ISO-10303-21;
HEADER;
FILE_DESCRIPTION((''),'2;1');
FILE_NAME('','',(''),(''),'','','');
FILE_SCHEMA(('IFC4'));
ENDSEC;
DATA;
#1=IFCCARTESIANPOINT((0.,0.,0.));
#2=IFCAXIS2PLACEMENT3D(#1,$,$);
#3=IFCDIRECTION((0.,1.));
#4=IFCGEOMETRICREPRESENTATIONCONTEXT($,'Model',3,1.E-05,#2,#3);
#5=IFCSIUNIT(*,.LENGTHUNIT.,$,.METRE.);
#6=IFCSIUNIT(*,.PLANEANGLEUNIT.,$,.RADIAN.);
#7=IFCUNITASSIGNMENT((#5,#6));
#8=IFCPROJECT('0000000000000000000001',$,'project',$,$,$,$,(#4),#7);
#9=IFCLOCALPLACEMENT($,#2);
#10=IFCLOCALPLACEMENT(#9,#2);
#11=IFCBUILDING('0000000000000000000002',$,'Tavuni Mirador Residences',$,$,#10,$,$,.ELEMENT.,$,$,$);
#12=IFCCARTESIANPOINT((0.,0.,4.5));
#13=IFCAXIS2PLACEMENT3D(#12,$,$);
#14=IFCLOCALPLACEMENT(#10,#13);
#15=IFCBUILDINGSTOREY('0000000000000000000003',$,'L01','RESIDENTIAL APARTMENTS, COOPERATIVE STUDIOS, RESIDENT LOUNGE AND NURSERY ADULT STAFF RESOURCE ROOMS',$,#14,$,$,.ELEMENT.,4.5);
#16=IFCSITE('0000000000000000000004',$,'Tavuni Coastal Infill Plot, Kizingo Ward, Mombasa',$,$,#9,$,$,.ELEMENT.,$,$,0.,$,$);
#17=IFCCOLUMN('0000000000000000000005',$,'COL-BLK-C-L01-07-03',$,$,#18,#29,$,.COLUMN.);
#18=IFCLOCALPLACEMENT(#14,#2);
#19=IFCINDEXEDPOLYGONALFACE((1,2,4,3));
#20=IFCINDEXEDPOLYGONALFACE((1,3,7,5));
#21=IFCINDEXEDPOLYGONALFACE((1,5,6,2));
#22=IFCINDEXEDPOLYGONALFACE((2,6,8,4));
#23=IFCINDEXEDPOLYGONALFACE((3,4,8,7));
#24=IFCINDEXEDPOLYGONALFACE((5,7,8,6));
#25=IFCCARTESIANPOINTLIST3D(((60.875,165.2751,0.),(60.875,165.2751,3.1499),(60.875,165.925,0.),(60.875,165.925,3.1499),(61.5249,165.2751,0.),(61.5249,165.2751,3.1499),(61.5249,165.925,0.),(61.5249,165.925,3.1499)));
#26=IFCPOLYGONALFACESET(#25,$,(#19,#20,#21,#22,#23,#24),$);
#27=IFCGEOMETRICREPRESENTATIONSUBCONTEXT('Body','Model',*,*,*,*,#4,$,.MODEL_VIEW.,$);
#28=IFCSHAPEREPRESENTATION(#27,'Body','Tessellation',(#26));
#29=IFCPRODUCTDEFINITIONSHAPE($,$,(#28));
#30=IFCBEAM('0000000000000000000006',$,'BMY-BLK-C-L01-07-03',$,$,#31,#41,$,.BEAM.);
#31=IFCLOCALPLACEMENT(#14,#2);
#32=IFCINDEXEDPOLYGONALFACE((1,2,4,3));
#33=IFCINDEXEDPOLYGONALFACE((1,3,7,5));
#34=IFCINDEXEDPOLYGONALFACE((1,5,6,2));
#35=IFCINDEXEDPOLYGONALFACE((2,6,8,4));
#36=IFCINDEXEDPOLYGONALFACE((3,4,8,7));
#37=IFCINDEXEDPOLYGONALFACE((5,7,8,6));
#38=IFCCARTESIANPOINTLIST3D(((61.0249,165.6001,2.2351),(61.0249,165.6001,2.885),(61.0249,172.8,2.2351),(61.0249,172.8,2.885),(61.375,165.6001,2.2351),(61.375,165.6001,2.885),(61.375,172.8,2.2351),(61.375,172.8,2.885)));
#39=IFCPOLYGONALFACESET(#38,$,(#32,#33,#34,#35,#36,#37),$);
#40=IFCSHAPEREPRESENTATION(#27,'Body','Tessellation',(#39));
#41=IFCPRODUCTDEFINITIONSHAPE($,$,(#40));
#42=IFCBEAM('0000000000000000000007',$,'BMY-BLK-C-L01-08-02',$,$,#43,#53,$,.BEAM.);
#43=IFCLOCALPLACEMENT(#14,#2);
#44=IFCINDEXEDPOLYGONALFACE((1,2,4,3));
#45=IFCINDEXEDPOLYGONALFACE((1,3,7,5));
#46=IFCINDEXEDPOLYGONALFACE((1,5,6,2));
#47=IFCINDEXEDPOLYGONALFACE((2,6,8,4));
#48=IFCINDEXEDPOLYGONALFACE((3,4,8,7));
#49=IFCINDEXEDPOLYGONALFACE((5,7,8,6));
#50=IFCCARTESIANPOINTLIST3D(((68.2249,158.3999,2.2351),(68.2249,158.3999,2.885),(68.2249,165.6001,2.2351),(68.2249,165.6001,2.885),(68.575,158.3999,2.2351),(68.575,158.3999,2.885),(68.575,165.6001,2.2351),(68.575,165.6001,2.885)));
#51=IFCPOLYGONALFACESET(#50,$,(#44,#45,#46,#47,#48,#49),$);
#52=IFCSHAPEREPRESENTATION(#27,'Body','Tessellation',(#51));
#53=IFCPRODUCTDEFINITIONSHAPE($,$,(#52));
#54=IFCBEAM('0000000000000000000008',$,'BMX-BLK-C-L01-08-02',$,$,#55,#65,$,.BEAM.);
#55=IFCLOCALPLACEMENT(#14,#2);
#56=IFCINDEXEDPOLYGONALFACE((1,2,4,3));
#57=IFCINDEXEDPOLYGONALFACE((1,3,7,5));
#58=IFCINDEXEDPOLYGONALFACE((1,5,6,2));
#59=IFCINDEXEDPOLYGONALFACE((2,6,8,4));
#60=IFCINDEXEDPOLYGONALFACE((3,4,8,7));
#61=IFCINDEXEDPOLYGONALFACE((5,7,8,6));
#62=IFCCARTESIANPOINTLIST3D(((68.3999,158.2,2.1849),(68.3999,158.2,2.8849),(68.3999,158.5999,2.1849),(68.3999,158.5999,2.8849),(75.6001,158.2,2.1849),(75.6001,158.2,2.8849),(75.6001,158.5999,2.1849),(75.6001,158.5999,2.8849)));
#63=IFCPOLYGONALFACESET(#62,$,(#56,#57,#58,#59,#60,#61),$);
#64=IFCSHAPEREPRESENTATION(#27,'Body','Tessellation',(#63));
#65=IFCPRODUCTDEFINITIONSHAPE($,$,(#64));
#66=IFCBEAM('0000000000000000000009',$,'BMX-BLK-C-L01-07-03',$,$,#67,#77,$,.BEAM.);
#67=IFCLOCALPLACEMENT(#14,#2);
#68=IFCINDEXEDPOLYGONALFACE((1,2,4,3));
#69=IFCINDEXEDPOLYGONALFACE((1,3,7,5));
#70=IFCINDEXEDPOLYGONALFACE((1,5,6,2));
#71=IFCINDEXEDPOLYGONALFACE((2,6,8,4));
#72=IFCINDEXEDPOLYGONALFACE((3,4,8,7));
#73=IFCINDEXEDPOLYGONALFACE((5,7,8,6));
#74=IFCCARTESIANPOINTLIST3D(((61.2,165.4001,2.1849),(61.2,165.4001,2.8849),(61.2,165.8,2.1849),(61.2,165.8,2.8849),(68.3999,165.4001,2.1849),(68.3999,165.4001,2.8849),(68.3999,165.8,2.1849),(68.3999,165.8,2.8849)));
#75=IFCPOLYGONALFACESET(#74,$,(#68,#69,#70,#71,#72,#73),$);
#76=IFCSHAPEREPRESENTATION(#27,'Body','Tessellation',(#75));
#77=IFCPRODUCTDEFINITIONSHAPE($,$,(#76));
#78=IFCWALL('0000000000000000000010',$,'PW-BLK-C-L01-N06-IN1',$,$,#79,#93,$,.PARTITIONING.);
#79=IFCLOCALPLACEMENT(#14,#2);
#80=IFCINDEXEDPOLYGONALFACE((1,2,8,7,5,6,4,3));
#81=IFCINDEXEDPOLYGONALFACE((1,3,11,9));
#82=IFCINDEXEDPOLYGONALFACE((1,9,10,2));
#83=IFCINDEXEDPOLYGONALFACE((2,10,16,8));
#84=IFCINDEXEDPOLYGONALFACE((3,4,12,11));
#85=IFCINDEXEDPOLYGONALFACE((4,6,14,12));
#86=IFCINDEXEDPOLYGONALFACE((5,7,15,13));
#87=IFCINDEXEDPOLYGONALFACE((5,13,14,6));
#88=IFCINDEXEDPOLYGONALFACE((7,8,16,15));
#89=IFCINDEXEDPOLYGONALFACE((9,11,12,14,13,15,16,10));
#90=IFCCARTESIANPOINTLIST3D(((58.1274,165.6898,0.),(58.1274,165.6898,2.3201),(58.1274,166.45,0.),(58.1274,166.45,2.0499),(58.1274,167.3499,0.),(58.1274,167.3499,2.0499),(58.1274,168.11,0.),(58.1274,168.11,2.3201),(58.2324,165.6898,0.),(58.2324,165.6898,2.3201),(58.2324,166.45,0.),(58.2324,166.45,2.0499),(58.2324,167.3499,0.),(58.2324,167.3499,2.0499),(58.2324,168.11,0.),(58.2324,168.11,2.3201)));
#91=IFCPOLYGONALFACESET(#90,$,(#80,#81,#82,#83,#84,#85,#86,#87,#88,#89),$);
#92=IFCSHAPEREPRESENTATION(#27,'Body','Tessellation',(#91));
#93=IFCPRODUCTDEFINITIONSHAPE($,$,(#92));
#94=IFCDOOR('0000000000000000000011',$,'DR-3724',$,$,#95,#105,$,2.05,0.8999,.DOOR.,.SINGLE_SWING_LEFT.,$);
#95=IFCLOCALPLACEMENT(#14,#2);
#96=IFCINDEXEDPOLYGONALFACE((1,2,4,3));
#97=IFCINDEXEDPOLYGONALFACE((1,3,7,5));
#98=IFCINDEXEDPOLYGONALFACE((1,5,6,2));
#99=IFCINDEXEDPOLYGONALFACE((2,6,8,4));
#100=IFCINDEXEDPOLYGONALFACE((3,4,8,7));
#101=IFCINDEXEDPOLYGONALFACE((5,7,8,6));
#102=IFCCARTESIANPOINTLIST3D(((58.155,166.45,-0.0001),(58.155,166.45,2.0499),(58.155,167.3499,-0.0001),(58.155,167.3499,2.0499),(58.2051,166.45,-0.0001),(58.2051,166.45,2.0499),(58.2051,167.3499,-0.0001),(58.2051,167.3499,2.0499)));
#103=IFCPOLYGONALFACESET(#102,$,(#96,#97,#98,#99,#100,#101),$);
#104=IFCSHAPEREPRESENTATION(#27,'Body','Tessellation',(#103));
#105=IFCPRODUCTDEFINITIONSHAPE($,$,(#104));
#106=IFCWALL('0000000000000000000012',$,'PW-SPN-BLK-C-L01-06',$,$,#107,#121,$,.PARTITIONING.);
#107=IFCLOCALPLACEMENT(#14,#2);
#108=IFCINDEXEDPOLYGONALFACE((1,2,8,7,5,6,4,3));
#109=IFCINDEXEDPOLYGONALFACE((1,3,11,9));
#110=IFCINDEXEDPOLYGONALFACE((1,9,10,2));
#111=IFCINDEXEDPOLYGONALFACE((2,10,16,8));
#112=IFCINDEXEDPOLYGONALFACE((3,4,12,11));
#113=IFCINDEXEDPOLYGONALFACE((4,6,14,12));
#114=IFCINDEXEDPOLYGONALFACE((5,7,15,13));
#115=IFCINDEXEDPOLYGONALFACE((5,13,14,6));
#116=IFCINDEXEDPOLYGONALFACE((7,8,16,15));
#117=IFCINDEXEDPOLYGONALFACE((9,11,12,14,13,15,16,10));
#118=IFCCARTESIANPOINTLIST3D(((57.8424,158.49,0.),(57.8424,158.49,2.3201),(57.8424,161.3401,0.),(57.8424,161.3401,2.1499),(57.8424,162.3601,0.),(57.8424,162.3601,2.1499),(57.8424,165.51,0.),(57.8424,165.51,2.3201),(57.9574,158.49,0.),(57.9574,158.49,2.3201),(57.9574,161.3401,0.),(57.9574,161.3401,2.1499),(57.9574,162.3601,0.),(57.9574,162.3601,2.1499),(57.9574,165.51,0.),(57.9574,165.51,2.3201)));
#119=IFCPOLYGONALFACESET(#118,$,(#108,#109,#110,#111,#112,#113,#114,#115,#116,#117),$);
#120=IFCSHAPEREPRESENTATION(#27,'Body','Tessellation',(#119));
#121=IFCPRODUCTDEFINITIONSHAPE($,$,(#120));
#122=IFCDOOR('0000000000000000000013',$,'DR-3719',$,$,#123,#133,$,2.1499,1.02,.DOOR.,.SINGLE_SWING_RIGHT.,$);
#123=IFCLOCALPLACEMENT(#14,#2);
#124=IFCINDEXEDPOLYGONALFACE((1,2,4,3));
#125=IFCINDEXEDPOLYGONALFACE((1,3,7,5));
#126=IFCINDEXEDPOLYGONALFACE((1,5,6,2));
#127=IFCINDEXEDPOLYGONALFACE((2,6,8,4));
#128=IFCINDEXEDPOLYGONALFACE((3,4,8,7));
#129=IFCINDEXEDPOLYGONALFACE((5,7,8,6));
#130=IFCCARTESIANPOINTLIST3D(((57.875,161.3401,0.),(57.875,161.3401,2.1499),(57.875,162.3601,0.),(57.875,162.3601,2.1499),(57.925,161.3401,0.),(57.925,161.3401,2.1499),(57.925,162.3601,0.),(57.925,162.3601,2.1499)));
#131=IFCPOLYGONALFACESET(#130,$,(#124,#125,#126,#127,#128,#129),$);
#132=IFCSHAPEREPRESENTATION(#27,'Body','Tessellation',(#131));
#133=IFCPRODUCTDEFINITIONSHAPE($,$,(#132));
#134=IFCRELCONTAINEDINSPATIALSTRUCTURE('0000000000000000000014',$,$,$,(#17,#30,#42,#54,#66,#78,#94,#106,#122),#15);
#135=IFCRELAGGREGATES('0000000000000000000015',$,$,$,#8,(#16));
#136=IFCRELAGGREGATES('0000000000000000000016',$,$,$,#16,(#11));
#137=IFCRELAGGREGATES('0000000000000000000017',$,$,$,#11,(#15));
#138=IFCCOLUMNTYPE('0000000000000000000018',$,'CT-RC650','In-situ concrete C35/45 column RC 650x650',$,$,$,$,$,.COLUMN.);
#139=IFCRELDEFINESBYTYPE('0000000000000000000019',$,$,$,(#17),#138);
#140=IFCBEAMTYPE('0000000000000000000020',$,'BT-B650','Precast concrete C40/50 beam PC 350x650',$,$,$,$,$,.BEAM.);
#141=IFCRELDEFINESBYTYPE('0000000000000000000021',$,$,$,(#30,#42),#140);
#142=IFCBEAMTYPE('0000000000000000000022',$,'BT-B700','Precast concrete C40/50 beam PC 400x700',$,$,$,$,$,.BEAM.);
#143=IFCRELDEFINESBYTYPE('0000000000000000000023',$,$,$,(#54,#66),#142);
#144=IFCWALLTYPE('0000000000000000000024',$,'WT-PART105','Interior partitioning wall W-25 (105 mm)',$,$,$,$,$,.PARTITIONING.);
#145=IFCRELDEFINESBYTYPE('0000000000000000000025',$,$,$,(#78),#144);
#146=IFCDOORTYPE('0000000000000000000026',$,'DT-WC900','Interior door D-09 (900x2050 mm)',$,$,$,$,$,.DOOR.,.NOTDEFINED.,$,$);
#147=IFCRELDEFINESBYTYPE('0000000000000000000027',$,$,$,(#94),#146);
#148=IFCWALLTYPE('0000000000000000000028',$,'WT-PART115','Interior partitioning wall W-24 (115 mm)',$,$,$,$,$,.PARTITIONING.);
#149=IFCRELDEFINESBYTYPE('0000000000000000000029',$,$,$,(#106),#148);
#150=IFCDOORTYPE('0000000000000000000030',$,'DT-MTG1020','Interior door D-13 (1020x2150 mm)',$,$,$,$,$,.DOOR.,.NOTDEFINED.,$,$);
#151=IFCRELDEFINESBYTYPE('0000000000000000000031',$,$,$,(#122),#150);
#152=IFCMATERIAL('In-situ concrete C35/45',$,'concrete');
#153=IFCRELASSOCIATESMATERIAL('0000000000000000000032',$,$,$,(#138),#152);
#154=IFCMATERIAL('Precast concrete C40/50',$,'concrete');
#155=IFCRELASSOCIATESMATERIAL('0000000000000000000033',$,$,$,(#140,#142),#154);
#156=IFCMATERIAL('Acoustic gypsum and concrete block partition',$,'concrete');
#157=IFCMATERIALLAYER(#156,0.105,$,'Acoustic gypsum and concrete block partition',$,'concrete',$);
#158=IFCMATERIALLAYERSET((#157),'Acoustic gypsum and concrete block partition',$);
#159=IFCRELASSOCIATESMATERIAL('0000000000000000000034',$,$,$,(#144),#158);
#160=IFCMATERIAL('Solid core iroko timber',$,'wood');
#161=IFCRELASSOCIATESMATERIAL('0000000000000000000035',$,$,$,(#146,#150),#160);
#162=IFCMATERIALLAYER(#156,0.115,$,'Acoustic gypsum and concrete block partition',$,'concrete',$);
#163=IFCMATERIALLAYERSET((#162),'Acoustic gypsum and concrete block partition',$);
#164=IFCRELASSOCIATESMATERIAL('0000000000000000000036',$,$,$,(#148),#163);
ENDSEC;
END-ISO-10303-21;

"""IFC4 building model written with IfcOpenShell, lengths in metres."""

from ifc_helpers import new_model, si_unit, direction, frame, frame_2d, origin, origin_2d, place, context, subcontext, project, spatial, rectangle, extrude, material, layer, layer_set, material_profile, profile_set, type_object, element, fill, save


model = new_model("IFC4")

# Units and contexts
model_context = context("Model", 3, precision=1e-05, world=origin(), true_north=direction((0.0, 1.0)))
body_context = subcontext(model_context, "Body", "Model", "MODEL_VIEW")
ifc_project = project(units=[si_unit("LENGTHUNIT", "METRE"), si_unit("PLANEANGLEUNIT", "RADIAN")], contexts=[model_context])

# Site, building, storey
site_placement = place(None, origin())
site = spatial("IfcSite", under=ifc_project, at=site_placement, Name="Tavuni Coastal Infill Plot, Kizingo Ward, Mombasa", CompositionType="ELEMENT", RefElevation=0.0)
building_placement = place(site_placement, origin())
building = spatial("IfcBuilding", under=site, at=building_placement, Name="Tavuni Mirador Residences", CompositionType="ELEMENT")
storey_placement = place(building_placement, frame((0.0, 0.0, 4.5)))
storey = spatial("IfcBuildingStorey", under=building, at=storey_placement, Name="L01", Description="RESIDENTIAL APARTMENTS, COOPERATIVE STUDIOS, RESIDENT LOUNGE AND NURSERY ADULT STAFF RESOURCE ROOMS", CompositionType="ELEMENT", Elevation=4.5)

# Column
ifc_material_1 = material(Name="In-situ concrete C35/45", Category="concrete")
ifc_material_profile_1 = material_profile(ifc_material_1, rectangle(XDim=0.6499, YDim=0.6499, at=origin_2d()), Name="RC 650x650", Category="concrete")
ifc_profile_set_1 = profile_set([ifc_material_profile_1], Name="In-situ concrete C35/45")
column_type = type_object("IfcColumnType", Name="CT-RC650", Description="In-situ concrete C35/45 column RC 650x650", PredefinedType="COLUMN", material=ifc_profile_set_1)
column_placement = place(storey_placement, frame((61.2, 165.6001, 0.0), z_axis=(0.0, 0.0, 1.0), x_axis=(1.0, 0.0, 0.0)))
element("IfcColumn", 1, at=column_placement, inside=storey, type_object=column_type, Name="COL-BLK-C-L01-07-03", PredefinedType="COLUMN", context=body_context, shape_type="SweptSolid", body=[
    extrude(rectangle(XDim=0.6499, YDim=0.6499, at=origin_2d()), origin(), (0.0, 0.0, 1.0), 3.1499),
])

# Beams
ifc_material_2 = material(Name="Precast concrete C40/50", Category="concrete")
ifc_material_profile_2 = material_profile(ifc_material_2, rectangle(XDim=0.3501, YDim=0.6499, at=origin_2d()), Name="PC 350x650", Category="concrete")
ifc_profile_set_2 = profile_set([ifc_material_profile_2], Name="Precast concrete C40/50")
beam_type_1 = type_object("IfcBeamType", Name="BT-B650", Description="Precast concrete C40/50 beam PC 350x650", PredefinedType="BEAM", material=ifc_profile_set_2)
beam_1_placement = place(storey_placement, frame((61.2, 165.6001, 2.5601), z_axis=(0.0, 1.0, 0.0), x_axis=(-1.0, 0.0, 0.0)))
element("IfcBeam", 2, at=beam_1_placement, inside=storey, type_object=beam_type_1, Name="BMY-BLK-C-L01-07-03", PredefinedType="BEAM", context=body_context, shape_type="SweptSolid", body=[
    extrude(rectangle(XDim=0.3501, YDim=0.6499, at=origin_2d()), origin(), (0.0, 0.0, 1.0), 7.2),
])
beam_2_placement = place(storey_placement, frame((68.3999, 158.3999, 2.5601), z_axis=(0.0, 1.0, 0.0), x_axis=(-1.0, 0.0, 0.0)))
element("IfcBeam", 3, at=beam_2_placement, inside=storey, type_object=beam_type_1, Name="BMY-BLK-C-L01-08-02", PredefinedType="BEAM", context=body_context, shape_type="SweptSolid", body=[
    extrude(rectangle(XDim=0.3501, YDim=0.6499, at=origin_2d()), origin(), (0.0, 0.0, 1.0), 7.2002),
])
ifc_material_profile_3 = material_profile(ifc_material_2, rectangle(XDim=0.3999, YDim=0.7, at=origin_2d()), Name="PC 400x700", Category="concrete")
ifc_profile_set_3 = profile_set([ifc_material_profile_3], Name="Precast concrete C40/50")
beam_type_2 = type_object("IfcBeamType", Name="BT-B700", Description="Precast concrete C40/50 beam PC 400x700", PredefinedType="BEAM", material=ifc_profile_set_3)
beam_3_placement = place(storey_placement, frame((68.3999, 158.3999, 2.5349), z_axis=(1.0, 0.0, 0.0), x_axis=(0.0, 1.0, 0.0)))
element("IfcBeam", 4, at=beam_3_placement, inside=storey, type_object=beam_type_2, Name="BMX-BLK-C-L01-08-02", PredefinedType="BEAM", context=body_context, shape_type="SweptSolid", body=[
    extrude(rectangle(XDim=0.3999, YDim=0.7, at=origin_2d()), origin(), (0.0, 0.0, 1.0), 7.2002),
])
beam_4_placement = place(storey_placement, frame((61.2, 165.6001, 2.5349), z_axis=(1.0, 0.0, 0.0), x_axis=(0.0, 1.0, 0.0)))
element("IfcBeam", 5, at=beam_4_placement, inside=storey, type_object=beam_type_2, Name="BMX-BLK-C-L01-07-03", PredefinedType="BEAM", context=body_context, shape_type="SweptSolid", body=[
    extrude(rectangle(XDim=0.3999, YDim=0.7, at=origin_2d()), origin(), (0.0, 0.0, 1.0), 7.2),
])

# Walls, openings, doors
ifc_material_3 = material(Name="Solid core iroko timber", Category="wood")
ifc_material_4 = material(Name="Acoustic gypsum and concrete block partition", Category="concrete")
ifc_layer_1 = layer(ifc_material_4, 0.105, Name="Acoustic gypsum and concrete block partition", Category="concrete")
ifc_layer_set_1 = layer_set([ifc_layer_1], Name="Acoustic gypsum and concrete block partition")
wall_type_1 = type_object("IfcWallType", Name="WT-PART105", Description="Interior partitioning wall W-25 (105 mm)", PredefinedType="PARTITIONING", material=ifc_layer_set_1)
wall_1_placement = place(storey_placement, frame((58.1799, 165.6899, 0.0), z_axis=(0.0, 0.0, 1.0), x_axis=(0.0, 1.0, 0.0)))
wall_1 = element("IfcWall", 6, at=wall_1_placement, inside=storey, type_object=wall_type_1, Name="PW-BLK-C-L01-N06-IN1", PredefinedType="PARTITIONING", context=body_context, shape_type="SweptSolid", body=[
    extrude(rectangle(XDim=2.4202, YDim=0.105, at=frame_2d((1.21, 0.0))), origin(), (0.0, 0.0, 1.0), 2.3201),
])
opening_1_placement = place(wall_1_placement, frame((0.76, 0.0, 0.0)))
opening_1 = element("IfcOpeningElement", 7, at=opening_1_placement, cuts=wall_1, PredefinedType="OPENING", context=body_context, shape_type="SweptSolid", body=[
    extrude(rectangle(XDim=0.8999, YDim=2.05, at=frame_2d((0.45, 1.0249))), frame((0.0, 0.0625, 0.0), z_axis=(0.0, -1.0, 0.0), x_axis=(1.0, 0.0, 0.0)), (0.0, 0.0, 1.0), 0.125),
])
door_type_1 = type_object("IfcDoorType", Name="DT-WC900", Description="Interior door D-09 (900x2050 mm)", OperationType="NOTDEFINED", PredefinedType="DOOR", material=ifc_material_3)
door_1_placement = place(opening_1_placement, origin())
door_1 = element("IfcDoor", 8, at=door_1_placement, inside=storey, type_object=door_type_1, Name="DR-3724", OperationType="SINGLE_SWING_LEFT", OverallHeight=2.05, OverallWidth=0.8999, PredefinedType="DOOR", context=body_context, shape_type="SweptSolid", body=[
    extrude(rectangle(XDim=0.8999, YDim=2.05, at=frame_2d((0.45, 1.0249))), frame((0.0, 0.0249, 0.0), z_axis=(0.0, -1.0, 0.0), x_axis=(1.0, 0.0, 0.0)), (0.0, 0.0, 1.0), 0.05),
])
fill(opening_1, door_1)
ifc_layer_2 = layer(ifc_material_4, 0.115, Name="Acoustic gypsum and concrete block partition", Category="concrete")
ifc_layer_set_2 = layer_set([ifc_layer_2], Name="Acoustic gypsum and concrete block partition")
wall_type_2 = type_object("IfcWallType", Name="WT-PART115", Description="Interior partitioning wall W-24 (115 mm)", PredefinedType="PARTITIONING", material=ifc_layer_set_2)
wall_2_placement = place(storey_placement, frame((57.8999, 158.49, 0.0), z_axis=(0.0, 0.0, 1.0), x_axis=(0.0, 1.0, 0.0)))
wall_2 = element("IfcWall", 9, at=wall_2_placement, inside=storey, type_object=wall_type_2, Name="PW-SPN-BLK-C-L01-06", PredefinedType="PARTITIONING", context=body_context, shape_type="SweptSolid", body=[
    extrude(rectangle(XDim=7.02, YDim=0.115, at=frame_2d((3.51, 0.0))), origin(), (0.0, 0.0, 1.0), 2.3201),
])
opening_2_placement = place(wall_2_placement, frame((2.8501, 0.0, 0.0)))
opening_2 = element("IfcOpeningElement", 10, at=opening_2_placement, cuts=wall_2, PredefinedType="OPENING", context=body_context, shape_type="SweptSolid", body=[
    extrude(rectangle(XDim=1.02, YDim=2.1499, at=frame_2d((0.51, 1.075))), frame((0.0, 0.0674, 0.0), z_axis=(0.0, -1.0, 0.0), x_axis=(1.0, 0.0, 0.0)), (0.0, 0.0, 1.0), 0.135),
])
door_type_2 = type_object("IfcDoorType", Name="DT-MTG1020", Description="Interior door D-13 (1020x2150 mm)", OperationType="NOTDEFINED", PredefinedType="DOOR", material=ifc_material_3)
door_2_placement = place(opening_2_placement, origin())
door_2 = element("IfcDoor", 11, at=door_2_placement, inside=storey, type_object=door_type_2, Name="DR-3719", OperationType="SINGLE_SWING_RIGHT", OverallHeight=2.1499, OverallWidth=1.02, PredefinedType="DOOR", context=body_context, shape_type="SweptSolid", body=[
    extrude(rectangle(XDim=1.02, YDim=2.1499, at=frame_2d((0.51, 1.075))), frame((0.0, 0.0249, 0.0), z_axis=(0.0, -1.0, 0.0), x_axis=(1.0, 0.0, 0.0)), (0.0, 0.0, 1.0), 0.05),
])
fill(opening_2, door_2)

save(model, "model.ifc")
